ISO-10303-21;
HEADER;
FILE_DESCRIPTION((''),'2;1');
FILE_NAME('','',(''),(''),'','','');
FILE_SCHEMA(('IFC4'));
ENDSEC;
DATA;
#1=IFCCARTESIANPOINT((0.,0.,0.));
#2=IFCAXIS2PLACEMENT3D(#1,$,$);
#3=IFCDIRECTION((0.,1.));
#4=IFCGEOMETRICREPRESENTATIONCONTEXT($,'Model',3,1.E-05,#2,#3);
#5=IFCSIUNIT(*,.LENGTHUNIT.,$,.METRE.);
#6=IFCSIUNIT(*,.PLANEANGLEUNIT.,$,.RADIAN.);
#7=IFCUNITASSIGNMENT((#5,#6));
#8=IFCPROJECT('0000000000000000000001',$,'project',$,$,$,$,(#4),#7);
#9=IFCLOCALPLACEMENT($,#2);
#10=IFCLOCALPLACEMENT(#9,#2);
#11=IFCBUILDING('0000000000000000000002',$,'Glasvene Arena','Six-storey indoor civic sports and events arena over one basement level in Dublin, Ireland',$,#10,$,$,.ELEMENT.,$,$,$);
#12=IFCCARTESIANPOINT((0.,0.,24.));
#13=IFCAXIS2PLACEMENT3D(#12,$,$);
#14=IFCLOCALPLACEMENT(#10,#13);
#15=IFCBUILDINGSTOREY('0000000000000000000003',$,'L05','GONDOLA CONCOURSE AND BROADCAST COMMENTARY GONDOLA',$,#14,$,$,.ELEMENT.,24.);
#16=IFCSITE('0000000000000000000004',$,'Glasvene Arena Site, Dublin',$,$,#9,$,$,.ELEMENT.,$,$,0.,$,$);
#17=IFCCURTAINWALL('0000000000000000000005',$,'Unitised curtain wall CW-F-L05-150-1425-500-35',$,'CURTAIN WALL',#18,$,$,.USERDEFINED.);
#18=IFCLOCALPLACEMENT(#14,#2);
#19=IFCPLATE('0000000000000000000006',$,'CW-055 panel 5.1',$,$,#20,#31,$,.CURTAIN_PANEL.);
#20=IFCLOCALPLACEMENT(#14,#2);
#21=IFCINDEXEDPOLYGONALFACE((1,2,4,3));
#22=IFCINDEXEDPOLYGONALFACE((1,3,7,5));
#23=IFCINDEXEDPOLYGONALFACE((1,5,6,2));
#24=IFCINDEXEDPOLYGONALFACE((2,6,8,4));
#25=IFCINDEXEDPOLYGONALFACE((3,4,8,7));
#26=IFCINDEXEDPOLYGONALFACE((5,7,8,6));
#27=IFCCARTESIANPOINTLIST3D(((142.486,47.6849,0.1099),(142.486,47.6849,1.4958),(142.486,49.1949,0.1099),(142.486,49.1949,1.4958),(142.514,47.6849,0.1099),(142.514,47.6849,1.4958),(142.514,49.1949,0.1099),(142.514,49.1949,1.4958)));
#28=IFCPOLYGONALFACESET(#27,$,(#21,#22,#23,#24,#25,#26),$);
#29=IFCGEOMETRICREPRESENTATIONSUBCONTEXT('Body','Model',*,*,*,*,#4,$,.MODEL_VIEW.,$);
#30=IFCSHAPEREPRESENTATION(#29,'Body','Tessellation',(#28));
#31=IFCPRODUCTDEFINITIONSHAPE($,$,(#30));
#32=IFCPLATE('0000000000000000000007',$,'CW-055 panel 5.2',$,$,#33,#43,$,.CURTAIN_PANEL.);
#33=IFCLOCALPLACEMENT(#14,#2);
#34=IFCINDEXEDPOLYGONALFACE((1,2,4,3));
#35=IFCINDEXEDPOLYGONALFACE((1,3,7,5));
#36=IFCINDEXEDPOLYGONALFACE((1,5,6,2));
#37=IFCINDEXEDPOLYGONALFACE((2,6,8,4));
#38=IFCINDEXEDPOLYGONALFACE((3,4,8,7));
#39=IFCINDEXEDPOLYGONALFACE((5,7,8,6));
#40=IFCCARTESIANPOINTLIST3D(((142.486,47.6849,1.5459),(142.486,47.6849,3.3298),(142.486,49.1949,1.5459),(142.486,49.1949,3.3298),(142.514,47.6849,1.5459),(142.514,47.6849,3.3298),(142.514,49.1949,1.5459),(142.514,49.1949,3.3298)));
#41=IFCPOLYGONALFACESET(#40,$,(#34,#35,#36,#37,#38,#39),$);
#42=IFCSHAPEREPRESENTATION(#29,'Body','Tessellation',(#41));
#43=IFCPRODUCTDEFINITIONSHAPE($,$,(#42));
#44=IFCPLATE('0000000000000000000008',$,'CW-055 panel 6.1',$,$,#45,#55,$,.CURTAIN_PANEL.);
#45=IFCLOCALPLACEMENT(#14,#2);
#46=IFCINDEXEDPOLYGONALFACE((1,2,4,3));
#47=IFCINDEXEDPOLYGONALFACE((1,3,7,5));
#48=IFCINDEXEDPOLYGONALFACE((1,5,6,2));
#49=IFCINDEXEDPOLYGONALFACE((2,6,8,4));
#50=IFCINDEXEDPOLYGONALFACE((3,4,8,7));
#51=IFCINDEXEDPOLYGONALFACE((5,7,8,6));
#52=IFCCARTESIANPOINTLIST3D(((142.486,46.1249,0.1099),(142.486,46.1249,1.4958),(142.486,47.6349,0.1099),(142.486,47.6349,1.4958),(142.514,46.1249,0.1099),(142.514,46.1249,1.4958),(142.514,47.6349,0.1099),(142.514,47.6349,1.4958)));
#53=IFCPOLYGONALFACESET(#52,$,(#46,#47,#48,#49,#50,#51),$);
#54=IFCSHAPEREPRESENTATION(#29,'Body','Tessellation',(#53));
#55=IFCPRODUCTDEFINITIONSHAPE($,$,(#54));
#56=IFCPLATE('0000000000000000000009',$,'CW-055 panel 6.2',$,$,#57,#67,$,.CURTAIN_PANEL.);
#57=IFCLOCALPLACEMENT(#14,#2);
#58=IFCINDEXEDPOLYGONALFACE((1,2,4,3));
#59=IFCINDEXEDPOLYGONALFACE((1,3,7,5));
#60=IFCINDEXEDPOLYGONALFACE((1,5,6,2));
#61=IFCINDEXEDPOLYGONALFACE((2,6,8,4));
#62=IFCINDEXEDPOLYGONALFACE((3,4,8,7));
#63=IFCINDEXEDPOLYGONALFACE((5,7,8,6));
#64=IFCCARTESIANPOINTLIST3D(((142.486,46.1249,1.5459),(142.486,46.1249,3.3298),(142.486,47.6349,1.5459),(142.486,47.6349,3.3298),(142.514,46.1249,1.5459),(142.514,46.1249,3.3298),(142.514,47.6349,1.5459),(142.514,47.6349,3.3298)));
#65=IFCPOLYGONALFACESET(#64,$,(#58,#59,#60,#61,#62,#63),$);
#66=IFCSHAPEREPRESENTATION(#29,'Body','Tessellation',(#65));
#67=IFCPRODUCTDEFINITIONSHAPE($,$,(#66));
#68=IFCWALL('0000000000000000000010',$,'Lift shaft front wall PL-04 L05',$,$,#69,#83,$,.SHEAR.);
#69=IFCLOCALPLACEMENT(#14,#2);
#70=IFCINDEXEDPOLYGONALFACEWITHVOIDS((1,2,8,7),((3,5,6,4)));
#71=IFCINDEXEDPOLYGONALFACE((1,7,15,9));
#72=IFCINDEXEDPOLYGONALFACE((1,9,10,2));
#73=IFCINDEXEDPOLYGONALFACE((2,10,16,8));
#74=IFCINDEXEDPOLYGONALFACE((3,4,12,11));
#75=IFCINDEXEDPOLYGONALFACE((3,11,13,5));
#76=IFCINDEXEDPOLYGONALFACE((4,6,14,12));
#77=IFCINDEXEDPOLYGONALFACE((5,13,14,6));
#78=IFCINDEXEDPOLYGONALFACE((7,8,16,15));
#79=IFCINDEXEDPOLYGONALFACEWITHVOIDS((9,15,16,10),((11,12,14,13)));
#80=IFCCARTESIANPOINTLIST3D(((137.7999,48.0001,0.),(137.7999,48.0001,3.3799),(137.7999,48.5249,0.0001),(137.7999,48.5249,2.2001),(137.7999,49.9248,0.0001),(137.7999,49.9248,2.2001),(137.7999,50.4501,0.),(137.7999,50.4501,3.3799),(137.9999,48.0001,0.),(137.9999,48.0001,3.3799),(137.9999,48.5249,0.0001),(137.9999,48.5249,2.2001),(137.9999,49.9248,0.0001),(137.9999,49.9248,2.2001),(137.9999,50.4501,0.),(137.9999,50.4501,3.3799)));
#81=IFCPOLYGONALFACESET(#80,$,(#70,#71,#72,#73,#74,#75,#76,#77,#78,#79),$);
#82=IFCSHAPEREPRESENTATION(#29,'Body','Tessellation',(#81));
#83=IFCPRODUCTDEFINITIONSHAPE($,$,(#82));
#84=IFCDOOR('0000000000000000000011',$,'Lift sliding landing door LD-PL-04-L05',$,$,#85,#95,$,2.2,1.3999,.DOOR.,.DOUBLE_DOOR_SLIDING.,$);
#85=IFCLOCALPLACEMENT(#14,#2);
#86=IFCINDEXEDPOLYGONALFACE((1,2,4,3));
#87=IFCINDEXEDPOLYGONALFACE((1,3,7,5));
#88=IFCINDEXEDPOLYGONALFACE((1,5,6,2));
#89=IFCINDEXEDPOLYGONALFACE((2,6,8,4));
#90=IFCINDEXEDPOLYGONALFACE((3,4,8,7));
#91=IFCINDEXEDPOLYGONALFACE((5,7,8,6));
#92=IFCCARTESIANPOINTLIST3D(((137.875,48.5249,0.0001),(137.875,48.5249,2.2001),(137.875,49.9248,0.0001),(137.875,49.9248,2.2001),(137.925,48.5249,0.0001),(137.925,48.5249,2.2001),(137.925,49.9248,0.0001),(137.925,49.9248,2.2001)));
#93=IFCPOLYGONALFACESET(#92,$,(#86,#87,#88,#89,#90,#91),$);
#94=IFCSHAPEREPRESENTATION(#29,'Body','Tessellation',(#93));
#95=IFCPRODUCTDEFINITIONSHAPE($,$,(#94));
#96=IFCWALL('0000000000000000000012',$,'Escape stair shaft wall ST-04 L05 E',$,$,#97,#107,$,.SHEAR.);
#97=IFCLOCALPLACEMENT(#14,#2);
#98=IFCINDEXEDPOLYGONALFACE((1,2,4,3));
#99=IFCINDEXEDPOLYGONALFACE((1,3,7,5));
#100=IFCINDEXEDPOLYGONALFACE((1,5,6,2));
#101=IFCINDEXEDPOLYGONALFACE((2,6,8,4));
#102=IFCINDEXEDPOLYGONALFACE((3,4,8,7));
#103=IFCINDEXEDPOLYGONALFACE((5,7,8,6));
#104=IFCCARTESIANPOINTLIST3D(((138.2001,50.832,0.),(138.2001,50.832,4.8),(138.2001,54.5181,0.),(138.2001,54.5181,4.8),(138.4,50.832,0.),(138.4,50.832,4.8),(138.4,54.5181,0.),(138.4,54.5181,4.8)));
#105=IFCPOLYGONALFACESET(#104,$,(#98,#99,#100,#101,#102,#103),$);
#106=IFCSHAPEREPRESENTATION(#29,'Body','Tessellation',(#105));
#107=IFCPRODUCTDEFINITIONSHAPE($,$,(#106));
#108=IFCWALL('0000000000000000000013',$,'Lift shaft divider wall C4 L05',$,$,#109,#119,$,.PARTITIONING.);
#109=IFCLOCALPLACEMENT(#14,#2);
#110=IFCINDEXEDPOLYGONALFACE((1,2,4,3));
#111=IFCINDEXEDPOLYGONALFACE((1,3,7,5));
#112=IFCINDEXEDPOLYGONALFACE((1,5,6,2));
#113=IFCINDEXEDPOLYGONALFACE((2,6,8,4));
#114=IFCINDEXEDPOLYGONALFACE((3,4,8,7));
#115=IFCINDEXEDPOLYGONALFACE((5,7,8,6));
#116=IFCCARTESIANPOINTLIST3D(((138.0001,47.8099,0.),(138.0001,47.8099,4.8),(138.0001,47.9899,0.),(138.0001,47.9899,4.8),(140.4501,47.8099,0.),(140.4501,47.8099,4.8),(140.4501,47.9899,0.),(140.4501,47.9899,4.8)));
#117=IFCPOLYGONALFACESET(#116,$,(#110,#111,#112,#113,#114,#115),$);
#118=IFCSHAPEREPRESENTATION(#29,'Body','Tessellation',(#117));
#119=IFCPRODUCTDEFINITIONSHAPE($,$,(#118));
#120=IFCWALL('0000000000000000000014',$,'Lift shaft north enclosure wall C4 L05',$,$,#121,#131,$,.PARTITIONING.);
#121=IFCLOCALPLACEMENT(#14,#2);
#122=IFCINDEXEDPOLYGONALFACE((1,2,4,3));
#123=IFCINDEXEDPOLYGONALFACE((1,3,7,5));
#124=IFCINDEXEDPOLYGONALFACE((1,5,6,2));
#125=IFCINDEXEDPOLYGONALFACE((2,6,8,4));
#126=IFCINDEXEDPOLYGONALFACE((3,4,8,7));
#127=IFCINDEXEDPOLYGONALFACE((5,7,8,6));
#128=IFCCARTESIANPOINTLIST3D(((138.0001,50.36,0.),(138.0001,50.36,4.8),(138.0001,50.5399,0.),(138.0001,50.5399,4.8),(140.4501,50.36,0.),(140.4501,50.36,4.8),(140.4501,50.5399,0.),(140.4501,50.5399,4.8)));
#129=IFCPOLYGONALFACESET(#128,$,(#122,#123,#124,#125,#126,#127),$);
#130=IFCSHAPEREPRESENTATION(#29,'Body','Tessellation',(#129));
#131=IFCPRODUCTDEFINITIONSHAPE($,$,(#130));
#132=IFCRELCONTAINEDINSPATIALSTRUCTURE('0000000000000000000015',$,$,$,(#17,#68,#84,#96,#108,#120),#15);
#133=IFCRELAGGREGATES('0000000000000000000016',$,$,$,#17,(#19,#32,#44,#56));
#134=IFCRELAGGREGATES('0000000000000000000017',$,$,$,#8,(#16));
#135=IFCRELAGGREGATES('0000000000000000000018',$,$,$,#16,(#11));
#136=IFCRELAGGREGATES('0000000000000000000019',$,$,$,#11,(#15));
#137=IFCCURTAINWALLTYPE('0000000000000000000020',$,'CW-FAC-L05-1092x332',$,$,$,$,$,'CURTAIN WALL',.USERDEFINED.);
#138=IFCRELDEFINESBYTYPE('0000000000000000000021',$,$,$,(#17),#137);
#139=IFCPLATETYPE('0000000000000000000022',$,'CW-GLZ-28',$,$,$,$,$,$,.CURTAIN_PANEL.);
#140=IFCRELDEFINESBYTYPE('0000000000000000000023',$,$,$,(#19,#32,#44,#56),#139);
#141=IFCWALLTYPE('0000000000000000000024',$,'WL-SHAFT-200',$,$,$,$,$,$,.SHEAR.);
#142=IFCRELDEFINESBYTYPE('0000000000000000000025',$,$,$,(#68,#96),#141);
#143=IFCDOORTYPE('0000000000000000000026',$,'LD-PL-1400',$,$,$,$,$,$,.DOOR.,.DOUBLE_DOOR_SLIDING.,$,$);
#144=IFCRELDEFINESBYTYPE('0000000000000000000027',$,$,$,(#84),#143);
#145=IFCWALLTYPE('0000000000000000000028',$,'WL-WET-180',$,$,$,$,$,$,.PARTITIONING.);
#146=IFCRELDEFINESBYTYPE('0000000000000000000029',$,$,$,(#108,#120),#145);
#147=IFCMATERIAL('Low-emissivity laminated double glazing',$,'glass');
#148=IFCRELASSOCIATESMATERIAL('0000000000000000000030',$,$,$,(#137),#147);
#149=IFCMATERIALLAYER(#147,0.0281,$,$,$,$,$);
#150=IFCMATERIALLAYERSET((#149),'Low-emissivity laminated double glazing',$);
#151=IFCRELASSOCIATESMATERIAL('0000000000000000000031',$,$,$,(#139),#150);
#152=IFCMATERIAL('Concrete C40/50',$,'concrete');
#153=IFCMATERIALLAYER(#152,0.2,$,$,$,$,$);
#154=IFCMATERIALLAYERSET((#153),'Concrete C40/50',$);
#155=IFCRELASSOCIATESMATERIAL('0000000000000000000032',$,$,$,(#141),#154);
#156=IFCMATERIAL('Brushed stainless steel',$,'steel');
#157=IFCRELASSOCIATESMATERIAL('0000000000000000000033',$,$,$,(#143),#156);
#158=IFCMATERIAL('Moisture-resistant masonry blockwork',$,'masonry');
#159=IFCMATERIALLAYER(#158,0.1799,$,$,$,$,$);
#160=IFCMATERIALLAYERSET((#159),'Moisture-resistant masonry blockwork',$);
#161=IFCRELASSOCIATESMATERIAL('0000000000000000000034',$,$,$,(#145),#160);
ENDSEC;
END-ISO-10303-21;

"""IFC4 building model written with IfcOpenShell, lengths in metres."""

from ifc_helpers import new_model, si_unit, direction, frame, frame_2d, origin, origin_2d, place, context, subcontext, project, spatial, rectangle, extrude, material, layer, layer_set, type_object, element, fill, aggregate, save


model = new_model("IFC4")

# Units and contexts
model_context = context("Model", 3, precision=1e-05, world=origin(), true_north=direction((0.0, 1.0)))
body_context = subcontext(model_context, "Body", "Model", "MODEL_VIEW")
ifc_project = project(units=[si_unit("LENGTHUNIT", "METRE"), si_unit("PLANEANGLEUNIT", "RADIAN")], contexts=[model_context])

# Site, building, storey
site_placement = place(None, origin())
site = spatial("IfcSite", under=ifc_project, at=site_placement, Name="Glasvene Arena Site, Dublin", CompositionType="ELEMENT", RefElevation=0.0)
building_placement = place(site_placement, origin())
building = spatial("IfcBuilding", under=site, at=building_placement, Name="Glasvene Arena", Description="Six-storey indoor civic sports and events arena over one basement level in Dublin, Ireland", CompositionType="ELEMENT")
storey_placement = place(building_placement, frame((0.0, 0.0, 24.0)))
storey = spatial("IfcBuildingStorey", under=building, at=storey_placement, Name="L05", Description="GONDOLA CONCOURSE AND BROADCAST COMMENTARY GONDOLA", CompositionType="ELEMENT", Elevation=24.0)

# Curtain wall, plates
ifc_material_1 = material(Name="Low-emissivity laminated double glazing", Category="glass")
curtain_wall_type = type_object("IfcCurtainWallType", Name="CW-FAC-L05-1092x332", ElementType="CURTAIN WALL", PredefinedType="USERDEFINED", material=ifc_material_1)
curtain_wall_placement = place(storey_placement, frame((142.5, 55.46, 0.0)))
curtain_wall = element("IfcCurtainWall", 1, at=curtain_wall_placement, inside=storey, type_object=curtain_wall_type, Name="Unitised curtain wall CW-F-L05-150-1425-500-35", ObjectType="CURTAIN WALL", PredefinedType="USERDEFINED")
ifc_layer_1 = layer(ifc_material_1, 0.0281)
ifc_layer_set_1 = layer_set([ifc_layer_1], Name="Low-emissivity laminated double glazing")
plate_type = type_object("IfcPlateType", Name="CW-GLZ-28", PredefinedType="CURTAIN_PANEL", material=ifc_layer_set_1)
plate_1_placement = place(storey_placement, frame((142.5, 48.4399, 0.1099), z_axis=(0.0, 0.0, 1.0), x_axis=(0.0, -1.0, 0.0)))
plate_1 = element("IfcPlate", 2, at=plate_1_placement, type_object=plate_type, Name="CW-055 panel 5.1", PredefinedType="CURTAIN_PANEL", context=body_context, shape_type="SweptSolid", body=[
    extrude(rectangle(XDim=1.51, YDim=0.0281, at=origin_2d()), origin(), (0.0, 0.0, 1.0), 1.386),
])
plate_2_placement = place(storey_placement, frame((142.5, 48.4399, 1.5459), z_axis=(0.0, 0.0, 1.0), x_axis=(0.0, -1.0, 0.0)))
plate_2 = element("IfcPlate", 3, at=plate_2_placement, type_object=plate_type, Name="CW-055 panel 5.2", PredefinedType="CURTAIN_PANEL", context=body_context, shape_type="SweptSolid", body=[
    extrude(rectangle(XDim=1.51, YDim=0.0281, at=origin_2d()), origin(), (0.0, 0.0, 1.0), 1.7839),
])
plate_3_placement = place(storey_placement, frame((142.5, 46.8799, 0.1099), z_axis=(0.0, 0.0, 1.0), x_axis=(0.0, -1.0, 0.0)))
plate_3 = element("IfcPlate", 4, at=plate_3_placement, type_object=plate_type, Name="CW-055 panel 6.1", PredefinedType="CURTAIN_PANEL", context=body_context, shape_type="SweptSolid", body=[
    extrude(rectangle(XDim=1.51, YDim=0.0281, at=origin_2d()), origin(), (0.0, 0.0, 1.0), 1.386),
])
plate_4_placement = place(storey_placement, frame((142.5, 46.8799, 1.5459), z_axis=(0.0, 0.0, 1.0), x_axis=(0.0, -1.0, 0.0)))
plate_4 = element("IfcPlate", 5, at=plate_4_placement, type_object=plate_type, Name="CW-055 panel 6.2", PredefinedType="CURTAIN_PANEL", context=body_context, shape_type="SweptSolid", body=[
    extrude(rectangle(XDim=1.51, YDim=0.0281, at=origin_2d()), origin(), (0.0, 0.0, 1.0), 1.7839),
])
aggregate(curtain_wall, [plate_1, plate_2, plate_3, plate_4])

# Wall, opening, door
ifc_material_2 = material(Name="Concrete C40/50", Category="concrete")
ifc_layer_2 = layer(ifc_material_2, 0.2)
ifc_layer_set_2 = layer_set([ifc_layer_2], Name="Concrete C40/50")
wall_type_1 = type_object("IfcWallType", Name="WL-SHAFT-200", PredefinedType="SHEAR", material=ifc_layer_set_2)
wall_1_placement = place(storey_placement, frame((137.8999, 48.0, 0.0), z_axis=(0.0, 0.0, 1.0), x_axis=(0.0, 1.0, 0.0)))
wall_1 = element("IfcWall", 6, at=wall_1_placement, inside=storey, type_object=wall_type_1, Name="Lift shaft front wall PL-04 L05", PredefinedType="SHEAR", context=body_context, shape_type="SweptSolid", body=[
    extrude(rectangle(XDim=2.45, YDim=0.2, at=frame_2d((1.2251, 0.0))), origin(), (0.0, 0.0, 1.0), 3.3799),
])
opening_placement = place(wall_1_placement, frame((0.5249, 0.0, 0.0)))
opening = element("IfcOpeningElement", 7, at=opening_placement, cuts=wall_1, PredefinedType="OPENING", context=body_context, shape_type="SweptSolid", body=[
    extrude(rectangle(XDim=1.3999, YDim=2.2, at=frame_2d((0.7, 1.1001))), frame((0.0, 0.1099, 0.0), z_axis=(0.0, -1.0, 0.0), x_axis=(1.0, 0.0, 0.0)), (0.0, 0.0, 1.0), 0.22),
])
ifc_material_3 = material(Name="Brushed stainless steel", Category="steel")
door_type = type_object("IfcDoorType", Name="LD-PL-1400", OperationType="DOUBLE_DOOR_SLIDING", PredefinedType="DOOR", material=ifc_material_3)
door_placement = place(opening_placement, origin())
door = element("IfcDoor", 8, at=door_placement, inside=storey, type_object=door_type, Name="Lift sliding landing door LD-PL-04-L05", OperationType="DOUBLE_DOOR_SLIDING", OverallHeight=2.2, OverallWidth=1.3999, PredefinedType="DOOR", context=body_context, shape_type="SweptSolid", body=[
    extrude(rectangle(XDim=1.3999, YDim=2.2, at=frame_2d((0.7, 1.1001))), frame((0.0, 0.0249, 0.0), z_axis=(0.0, -1.0, 0.0), x_axis=(1.0, 0.0, 0.0)), (0.0, 0.0, 1.0), 0.05),
])
fill(opening, door)

# Walls
wall_2_placement = place(storey_placement, frame((138.3, 50.832, 0.0), z_axis=(0.0, 0.0, 1.0), x_axis=(0.0, 1.0, 0.0)))
element("IfcWall", 9, at=wall_2_placement, inside=storey, type_object=wall_type_1, Name="Escape stair shaft wall ST-04 L05 E", PredefinedType="SHEAR", context=body_context, shape_type="SweptSolid", body=[
    extrude(rectangle(XDim=3.686, YDim=0.2, at=frame_2d((1.843, 0.0))), origin(), (0.0, 0.0, 1.0), 4.8),
])
ifc_material_4 = material(Name="Moisture-resistant masonry blockwork", Category="masonry")
ifc_layer_3 = layer(ifc_material_4, 0.1799)
ifc_layer_set_3 = layer_set([ifc_layer_3], Name="Moisture-resistant masonry blockwork")
wall_type_2 = type_object("IfcWallType", Name="WL-WET-180", PredefinedType="PARTITIONING", material=ifc_layer_set_3)
for number, where, z_axis, x_axis, name in (
    (10, (138.0, 47.8999, 0.0), (0.0, 0.0, 1.0), (1.0, 0.0, 0.0), "Lift shaft divider wall C4 L05"),
    (11, (138.0, 50.45, 0.0), (0.0, 0.0, 1.0), (1.0, 0.0, 0.0), "Lift shaft north enclosure wall C4 L05"),
):
    element("IfcWall", number, at=place(storey_placement, frame(where, z_axis=z_axis, x_axis=x_axis)), inside=storey, type_object=wall_type_2, Name=name, PredefinedType="PARTITIONING", context=body_context, shape_type="SweptSolid", body=[
        extrude(rectangle(XDim=2.45, YDim=0.1799, at=frame_2d((1.2251, 0.0))), origin(), (0.0, 0.0, 1.0), 4.8),
    ])

save(model, "model.ifc")
